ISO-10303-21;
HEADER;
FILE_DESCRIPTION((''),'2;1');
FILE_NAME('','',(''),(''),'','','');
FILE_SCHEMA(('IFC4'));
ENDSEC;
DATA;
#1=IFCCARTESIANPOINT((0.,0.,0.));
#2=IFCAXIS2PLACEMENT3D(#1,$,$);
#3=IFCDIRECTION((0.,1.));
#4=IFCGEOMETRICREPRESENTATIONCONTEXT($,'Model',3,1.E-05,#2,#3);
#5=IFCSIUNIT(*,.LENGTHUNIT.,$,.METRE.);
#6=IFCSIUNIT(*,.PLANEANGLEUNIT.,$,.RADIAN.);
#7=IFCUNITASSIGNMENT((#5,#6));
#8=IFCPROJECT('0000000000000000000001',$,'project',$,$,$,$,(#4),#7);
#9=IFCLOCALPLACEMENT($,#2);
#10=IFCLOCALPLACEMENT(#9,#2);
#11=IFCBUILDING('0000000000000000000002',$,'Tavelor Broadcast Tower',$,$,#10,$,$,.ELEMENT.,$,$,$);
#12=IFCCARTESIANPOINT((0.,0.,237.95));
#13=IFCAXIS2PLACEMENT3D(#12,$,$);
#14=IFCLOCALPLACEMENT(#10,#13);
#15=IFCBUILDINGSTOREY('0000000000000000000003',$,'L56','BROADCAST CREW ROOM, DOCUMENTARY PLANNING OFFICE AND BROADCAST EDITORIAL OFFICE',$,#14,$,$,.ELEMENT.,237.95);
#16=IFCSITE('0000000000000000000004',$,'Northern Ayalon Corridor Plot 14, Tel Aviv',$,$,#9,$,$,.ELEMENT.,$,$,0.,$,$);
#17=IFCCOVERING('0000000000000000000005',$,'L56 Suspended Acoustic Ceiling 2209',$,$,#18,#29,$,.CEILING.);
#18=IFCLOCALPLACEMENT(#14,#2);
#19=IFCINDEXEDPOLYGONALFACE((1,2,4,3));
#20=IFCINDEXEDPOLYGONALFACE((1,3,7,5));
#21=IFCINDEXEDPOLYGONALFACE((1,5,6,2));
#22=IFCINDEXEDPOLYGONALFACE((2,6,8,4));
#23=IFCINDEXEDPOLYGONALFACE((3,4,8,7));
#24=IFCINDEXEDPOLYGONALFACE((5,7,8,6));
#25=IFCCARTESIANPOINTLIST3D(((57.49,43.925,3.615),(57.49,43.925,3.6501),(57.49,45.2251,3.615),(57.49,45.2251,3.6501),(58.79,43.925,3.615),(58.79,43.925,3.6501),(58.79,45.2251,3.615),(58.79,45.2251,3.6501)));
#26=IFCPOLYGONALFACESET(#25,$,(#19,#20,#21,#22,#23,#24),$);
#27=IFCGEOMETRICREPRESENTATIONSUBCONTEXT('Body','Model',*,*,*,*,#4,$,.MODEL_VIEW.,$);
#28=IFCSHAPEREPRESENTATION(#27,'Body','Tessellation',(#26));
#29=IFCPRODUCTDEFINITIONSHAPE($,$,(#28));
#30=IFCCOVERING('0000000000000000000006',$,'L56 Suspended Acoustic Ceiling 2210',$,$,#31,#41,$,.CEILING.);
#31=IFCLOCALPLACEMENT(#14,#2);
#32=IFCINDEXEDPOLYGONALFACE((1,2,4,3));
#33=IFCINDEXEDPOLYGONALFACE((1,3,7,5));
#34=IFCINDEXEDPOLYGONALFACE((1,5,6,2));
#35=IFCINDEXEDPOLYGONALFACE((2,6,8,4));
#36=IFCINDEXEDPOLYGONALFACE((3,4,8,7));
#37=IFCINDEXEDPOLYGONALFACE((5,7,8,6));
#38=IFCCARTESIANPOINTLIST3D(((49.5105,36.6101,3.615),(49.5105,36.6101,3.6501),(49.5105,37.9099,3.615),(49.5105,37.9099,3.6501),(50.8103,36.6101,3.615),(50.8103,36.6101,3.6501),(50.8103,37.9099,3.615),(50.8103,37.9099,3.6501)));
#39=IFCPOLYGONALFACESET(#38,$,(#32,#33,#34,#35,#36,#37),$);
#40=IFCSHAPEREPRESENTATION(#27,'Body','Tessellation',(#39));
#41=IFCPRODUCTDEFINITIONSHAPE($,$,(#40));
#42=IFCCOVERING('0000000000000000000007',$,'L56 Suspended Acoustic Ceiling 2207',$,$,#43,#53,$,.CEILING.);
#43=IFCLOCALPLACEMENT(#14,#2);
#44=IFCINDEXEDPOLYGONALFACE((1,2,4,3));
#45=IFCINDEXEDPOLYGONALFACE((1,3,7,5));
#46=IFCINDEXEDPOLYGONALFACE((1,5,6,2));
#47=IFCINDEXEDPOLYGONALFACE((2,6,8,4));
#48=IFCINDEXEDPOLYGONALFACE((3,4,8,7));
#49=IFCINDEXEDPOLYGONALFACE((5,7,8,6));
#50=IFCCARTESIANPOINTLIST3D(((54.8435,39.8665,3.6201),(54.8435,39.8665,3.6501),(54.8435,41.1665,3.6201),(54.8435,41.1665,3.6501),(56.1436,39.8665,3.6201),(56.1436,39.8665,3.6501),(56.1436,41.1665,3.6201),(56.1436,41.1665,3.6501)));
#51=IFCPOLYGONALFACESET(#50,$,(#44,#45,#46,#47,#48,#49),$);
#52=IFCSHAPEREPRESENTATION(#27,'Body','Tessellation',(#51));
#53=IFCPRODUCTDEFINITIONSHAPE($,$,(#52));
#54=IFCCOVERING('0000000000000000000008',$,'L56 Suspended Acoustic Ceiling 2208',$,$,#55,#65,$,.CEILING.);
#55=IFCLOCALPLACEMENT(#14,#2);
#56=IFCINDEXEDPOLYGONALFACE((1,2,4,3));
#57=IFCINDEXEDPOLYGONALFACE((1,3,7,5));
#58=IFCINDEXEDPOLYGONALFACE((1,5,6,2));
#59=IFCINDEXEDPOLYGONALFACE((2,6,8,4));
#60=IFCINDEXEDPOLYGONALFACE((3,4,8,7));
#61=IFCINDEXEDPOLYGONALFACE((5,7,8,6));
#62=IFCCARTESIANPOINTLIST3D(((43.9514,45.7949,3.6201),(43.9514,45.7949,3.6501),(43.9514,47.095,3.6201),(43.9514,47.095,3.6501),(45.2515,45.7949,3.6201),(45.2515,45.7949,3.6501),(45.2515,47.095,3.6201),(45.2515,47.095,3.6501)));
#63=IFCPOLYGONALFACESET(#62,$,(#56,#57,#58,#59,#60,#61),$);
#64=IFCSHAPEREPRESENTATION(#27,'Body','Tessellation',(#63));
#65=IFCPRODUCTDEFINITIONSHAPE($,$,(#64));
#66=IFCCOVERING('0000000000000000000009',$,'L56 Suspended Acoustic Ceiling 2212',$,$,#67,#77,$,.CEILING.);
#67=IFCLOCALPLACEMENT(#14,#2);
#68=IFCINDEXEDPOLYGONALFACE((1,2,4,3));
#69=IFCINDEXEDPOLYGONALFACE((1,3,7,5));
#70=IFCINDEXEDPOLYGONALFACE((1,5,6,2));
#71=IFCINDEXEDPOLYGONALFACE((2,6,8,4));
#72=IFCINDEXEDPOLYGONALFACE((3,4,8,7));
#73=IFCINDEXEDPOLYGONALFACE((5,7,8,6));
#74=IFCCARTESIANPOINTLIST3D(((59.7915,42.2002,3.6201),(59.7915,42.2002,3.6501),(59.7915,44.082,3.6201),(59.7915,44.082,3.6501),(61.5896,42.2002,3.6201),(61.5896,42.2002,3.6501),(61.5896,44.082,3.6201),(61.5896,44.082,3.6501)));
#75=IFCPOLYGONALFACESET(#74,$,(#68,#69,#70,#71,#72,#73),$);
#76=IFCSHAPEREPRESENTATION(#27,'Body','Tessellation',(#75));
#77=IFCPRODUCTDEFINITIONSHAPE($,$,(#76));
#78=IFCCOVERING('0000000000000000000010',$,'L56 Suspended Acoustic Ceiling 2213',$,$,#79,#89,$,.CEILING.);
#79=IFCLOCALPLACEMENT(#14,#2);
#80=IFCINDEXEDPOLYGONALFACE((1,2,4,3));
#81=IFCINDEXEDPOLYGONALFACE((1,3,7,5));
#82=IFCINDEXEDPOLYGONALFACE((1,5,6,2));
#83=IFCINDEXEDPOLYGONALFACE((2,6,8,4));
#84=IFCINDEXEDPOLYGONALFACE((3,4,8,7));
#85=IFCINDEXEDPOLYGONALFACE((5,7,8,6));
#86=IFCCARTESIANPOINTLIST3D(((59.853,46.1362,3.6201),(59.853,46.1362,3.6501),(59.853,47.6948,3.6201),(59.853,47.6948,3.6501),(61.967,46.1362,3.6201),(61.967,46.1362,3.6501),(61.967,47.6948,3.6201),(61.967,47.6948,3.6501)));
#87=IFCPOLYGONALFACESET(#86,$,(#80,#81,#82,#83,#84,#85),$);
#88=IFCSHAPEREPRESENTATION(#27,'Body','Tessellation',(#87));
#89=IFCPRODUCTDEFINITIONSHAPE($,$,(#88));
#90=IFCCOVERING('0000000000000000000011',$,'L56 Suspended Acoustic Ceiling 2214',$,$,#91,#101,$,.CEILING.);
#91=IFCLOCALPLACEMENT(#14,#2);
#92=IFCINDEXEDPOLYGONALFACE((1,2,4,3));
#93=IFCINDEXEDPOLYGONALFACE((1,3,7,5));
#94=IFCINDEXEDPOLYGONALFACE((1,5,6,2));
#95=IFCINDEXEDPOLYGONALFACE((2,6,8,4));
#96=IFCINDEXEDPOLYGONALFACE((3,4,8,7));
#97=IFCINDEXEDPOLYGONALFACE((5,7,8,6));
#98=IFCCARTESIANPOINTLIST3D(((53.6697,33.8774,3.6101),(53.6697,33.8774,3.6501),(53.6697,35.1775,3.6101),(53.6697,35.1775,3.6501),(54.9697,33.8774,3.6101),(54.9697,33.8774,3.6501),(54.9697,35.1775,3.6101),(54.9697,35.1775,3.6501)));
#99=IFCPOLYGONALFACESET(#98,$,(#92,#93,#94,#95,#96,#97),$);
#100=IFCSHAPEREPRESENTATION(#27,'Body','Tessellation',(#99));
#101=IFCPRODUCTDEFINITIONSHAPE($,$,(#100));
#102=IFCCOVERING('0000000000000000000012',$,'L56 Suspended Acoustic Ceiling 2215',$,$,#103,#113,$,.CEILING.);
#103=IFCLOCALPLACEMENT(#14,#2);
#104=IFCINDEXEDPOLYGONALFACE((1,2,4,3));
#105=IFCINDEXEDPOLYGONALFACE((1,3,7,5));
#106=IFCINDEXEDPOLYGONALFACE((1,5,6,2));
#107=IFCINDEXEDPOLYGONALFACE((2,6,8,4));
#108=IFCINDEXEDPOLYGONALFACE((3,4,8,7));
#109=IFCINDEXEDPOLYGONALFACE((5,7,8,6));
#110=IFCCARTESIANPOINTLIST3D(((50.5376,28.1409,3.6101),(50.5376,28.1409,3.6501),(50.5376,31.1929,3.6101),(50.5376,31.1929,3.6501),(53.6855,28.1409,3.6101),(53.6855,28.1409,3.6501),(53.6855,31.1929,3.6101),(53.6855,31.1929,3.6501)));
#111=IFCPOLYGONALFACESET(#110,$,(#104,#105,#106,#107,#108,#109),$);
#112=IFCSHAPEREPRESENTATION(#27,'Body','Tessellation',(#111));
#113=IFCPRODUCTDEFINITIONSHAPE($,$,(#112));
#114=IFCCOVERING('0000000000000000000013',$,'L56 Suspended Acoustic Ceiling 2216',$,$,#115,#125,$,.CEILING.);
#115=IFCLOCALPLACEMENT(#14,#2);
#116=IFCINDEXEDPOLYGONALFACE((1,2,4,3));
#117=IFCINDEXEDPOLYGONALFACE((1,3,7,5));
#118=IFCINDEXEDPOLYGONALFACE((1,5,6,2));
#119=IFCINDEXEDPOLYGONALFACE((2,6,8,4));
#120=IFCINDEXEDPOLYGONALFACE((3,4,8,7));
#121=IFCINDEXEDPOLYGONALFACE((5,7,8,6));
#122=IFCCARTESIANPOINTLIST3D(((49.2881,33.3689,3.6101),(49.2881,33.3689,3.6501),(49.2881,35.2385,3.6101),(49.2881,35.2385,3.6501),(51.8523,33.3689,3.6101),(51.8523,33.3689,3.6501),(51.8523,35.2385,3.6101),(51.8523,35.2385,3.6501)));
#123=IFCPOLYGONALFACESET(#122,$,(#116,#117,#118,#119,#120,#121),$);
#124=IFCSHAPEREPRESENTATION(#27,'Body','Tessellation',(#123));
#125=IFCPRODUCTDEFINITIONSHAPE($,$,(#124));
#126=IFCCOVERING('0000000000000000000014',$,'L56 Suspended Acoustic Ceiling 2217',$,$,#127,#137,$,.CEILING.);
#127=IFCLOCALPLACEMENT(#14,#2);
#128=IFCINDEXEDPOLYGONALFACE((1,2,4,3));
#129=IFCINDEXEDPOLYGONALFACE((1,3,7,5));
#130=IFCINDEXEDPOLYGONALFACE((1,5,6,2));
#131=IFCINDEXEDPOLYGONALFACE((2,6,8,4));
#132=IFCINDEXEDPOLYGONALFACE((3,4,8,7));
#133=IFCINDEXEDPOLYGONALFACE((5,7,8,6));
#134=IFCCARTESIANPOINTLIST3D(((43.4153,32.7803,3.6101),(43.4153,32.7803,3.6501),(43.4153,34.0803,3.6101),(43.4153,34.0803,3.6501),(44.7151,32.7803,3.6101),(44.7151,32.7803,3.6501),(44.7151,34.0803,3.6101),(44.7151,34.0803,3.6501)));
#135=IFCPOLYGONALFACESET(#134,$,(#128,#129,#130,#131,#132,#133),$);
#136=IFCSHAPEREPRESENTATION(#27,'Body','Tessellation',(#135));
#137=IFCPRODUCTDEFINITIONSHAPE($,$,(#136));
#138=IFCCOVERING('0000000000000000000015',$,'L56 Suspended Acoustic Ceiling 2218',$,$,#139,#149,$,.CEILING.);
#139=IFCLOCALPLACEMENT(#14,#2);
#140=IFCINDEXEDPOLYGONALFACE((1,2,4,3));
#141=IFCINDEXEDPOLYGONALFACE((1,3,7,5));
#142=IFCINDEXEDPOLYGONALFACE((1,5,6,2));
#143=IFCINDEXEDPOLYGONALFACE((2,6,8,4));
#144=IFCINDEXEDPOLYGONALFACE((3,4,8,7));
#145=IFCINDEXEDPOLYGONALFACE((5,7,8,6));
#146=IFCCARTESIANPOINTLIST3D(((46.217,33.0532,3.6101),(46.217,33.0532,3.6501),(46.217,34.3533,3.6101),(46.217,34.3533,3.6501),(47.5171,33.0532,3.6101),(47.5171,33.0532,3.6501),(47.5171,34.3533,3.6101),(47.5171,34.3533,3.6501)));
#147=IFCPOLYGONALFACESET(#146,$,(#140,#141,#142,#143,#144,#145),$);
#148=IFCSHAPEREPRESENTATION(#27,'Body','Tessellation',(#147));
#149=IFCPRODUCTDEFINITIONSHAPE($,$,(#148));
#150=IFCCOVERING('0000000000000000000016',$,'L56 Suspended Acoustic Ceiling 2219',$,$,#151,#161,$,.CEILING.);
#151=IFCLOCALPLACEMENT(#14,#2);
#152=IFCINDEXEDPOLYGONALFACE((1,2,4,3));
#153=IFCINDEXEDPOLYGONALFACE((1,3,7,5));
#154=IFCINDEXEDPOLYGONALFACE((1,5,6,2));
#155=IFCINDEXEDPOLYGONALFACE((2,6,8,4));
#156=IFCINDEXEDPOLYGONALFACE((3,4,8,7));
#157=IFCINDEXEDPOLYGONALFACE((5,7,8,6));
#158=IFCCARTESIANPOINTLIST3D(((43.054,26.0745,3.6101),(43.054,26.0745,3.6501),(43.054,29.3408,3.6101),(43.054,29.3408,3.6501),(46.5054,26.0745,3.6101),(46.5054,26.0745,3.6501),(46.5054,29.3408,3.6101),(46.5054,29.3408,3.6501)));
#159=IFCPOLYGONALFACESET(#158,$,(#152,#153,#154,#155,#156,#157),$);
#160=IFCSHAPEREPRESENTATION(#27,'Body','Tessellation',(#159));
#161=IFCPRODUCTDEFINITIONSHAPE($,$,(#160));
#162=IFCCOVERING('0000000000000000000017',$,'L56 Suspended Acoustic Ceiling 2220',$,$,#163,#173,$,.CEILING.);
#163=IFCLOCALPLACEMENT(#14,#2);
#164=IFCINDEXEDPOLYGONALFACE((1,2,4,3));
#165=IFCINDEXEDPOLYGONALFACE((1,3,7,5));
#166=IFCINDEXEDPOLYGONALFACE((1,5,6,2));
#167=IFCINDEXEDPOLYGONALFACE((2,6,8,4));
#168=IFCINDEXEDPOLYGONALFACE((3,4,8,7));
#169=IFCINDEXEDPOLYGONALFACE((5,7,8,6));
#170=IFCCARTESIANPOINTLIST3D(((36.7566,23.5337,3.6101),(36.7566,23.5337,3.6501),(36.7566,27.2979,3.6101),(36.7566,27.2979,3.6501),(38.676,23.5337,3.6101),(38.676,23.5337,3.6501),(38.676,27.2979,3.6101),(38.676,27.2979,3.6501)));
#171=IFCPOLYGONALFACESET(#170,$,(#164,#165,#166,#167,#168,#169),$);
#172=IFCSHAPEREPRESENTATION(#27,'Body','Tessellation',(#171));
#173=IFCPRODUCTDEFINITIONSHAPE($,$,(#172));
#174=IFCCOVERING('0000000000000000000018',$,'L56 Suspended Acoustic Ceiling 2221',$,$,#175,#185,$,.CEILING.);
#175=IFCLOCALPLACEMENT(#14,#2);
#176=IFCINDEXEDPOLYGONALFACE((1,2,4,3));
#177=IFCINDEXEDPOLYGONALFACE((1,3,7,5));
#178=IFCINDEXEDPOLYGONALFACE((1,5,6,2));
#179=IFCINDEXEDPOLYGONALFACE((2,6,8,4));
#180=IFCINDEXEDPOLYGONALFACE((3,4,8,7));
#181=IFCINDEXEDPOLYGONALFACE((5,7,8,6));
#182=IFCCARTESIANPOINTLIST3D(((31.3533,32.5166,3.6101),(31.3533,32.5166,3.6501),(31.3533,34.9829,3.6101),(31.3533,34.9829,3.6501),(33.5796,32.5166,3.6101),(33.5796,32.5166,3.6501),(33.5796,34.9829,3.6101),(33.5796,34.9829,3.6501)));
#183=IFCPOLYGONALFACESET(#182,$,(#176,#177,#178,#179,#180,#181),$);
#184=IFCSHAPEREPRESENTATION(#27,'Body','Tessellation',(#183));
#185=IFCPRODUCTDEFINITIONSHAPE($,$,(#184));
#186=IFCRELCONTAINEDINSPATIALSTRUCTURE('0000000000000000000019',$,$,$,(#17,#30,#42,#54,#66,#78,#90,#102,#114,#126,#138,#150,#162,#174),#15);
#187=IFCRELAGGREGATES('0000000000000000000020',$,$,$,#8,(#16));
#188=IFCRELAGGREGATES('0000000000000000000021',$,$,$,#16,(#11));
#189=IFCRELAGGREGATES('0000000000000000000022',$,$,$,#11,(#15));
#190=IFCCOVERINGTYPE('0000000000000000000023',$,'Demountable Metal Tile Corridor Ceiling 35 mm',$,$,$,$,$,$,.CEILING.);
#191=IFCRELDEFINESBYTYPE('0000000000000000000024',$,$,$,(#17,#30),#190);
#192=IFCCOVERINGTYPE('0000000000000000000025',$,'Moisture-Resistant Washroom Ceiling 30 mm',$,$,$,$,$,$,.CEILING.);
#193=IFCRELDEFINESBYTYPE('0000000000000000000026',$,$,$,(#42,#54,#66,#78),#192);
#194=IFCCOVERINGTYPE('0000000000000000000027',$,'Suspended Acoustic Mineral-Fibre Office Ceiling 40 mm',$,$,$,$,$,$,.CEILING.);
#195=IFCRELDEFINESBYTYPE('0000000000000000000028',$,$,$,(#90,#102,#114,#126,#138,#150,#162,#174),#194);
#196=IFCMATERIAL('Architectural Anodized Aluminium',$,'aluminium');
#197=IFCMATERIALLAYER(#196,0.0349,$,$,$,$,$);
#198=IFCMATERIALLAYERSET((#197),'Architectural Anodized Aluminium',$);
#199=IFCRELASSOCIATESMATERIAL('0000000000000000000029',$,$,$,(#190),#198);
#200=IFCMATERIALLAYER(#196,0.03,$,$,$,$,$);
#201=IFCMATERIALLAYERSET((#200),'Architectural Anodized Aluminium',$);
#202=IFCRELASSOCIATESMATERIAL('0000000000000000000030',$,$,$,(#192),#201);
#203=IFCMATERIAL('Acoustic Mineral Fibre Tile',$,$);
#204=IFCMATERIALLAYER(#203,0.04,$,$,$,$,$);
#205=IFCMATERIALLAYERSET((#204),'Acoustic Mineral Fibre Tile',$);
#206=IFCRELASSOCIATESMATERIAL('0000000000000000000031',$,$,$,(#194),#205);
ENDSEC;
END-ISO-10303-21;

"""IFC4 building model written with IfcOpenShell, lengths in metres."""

from ifc_helpers import new_model, si_unit, direction, frame, origin, place, context, subcontext, project, spatial, polyline, outline, extrude, material, layer, layer_set, type_object, element, save


model = new_model("IFC4")

# Units and contexts
model_context = context("Model", 3, precision=1e-05, world=origin(), true_north=direction((0.0, 1.0)))
body_context = subcontext(model_context, "Body", "Model", "MODEL_VIEW")
ifc_project = project(units=[si_unit("LENGTHUNIT", "METRE"), si_unit("PLANEANGLEUNIT", "RADIAN")], contexts=[model_context])

# Site, building, storey
site_placement = place(None, origin())
site = spatial("IfcSite", under=ifc_project, at=site_placement, Name="Northern Ayalon Corridor Plot 14, Tel Aviv", CompositionType="ELEMENT", RefElevation=0.0)
building_placement = place(site_placement, origin())
building = spatial("IfcBuilding", under=site, at=building_placement, Name="Tavelor Broadcast Tower", CompositionType="ELEMENT")
storey_placement = place(building_placement, frame((0.0, 0.0, 237.95)))
storey = spatial("IfcBuildingStorey", under=building, at=storey_placement, Name="L56", Description="BROADCAST CREW ROOM, DOCUMENTARY PLANNING OFFICE AND BROADCAST EDITORIAL OFFICE", CompositionType="ELEMENT", Elevation=237.95)

# Coverings
ifc_material_1 = material(Name="Architectural Anodized Aluminium", Category="aluminium")
ifc_layer_1 = layer(ifc_material_1, 0.0349)
ifc_layer_set_1 = layer_set([ifc_layer_1], Name="Architectural Anodized Aluminium")
covering_type_1 = type_object("IfcCoveringType", Name="Demountable Metal Tile Corridor Ceiling 35 mm", PredefinedType="CEILING", material=ifc_layer_set_1)
covering_1_placement = place(storey_placement, frame((0.0, 0.0, 3.615)))
element("IfcCovering", 1, at=covering_1_placement, inside=storey, type_object=covering_type_1, Name="L56 Suspended Acoustic Ceiling 2209", PredefinedType="CEILING", context=body_context, shape_type="SweptSolid", body=[
    extrude(outline(polyline([(57.49, 43.925), (58.79, 43.925), (58.79, 45.2251), (57.49, 45.2251), (57.49, 43.925)])), origin(), (0.0, 0.0, 1.0), 0.0352),
])
covering_2_placement = place(storey_placement, frame((0.0, 0.0, 3.615)))
element("IfcCovering", 2, at=covering_2_placement, inside=storey, type_object=covering_type_1, Name="L56 Suspended Acoustic Ceiling 2210", PredefinedType="CEILING", context=body_context, shape_type="SweptSolid", body=[
    extrude(outline(polyline([(49.5105, 36.6101), (50.8103, 36.6101), (50.8103, 37.9099), (49.5105, 37.9099), (49.5105, 36.6101)])), origin(), (0.0, 0.0, 1.0), 0.0352),
])
ifc_layer_2 = layer(ifc_material_1, 0.03)
ifc_layer_set_2 = layer_set([ifc_layer_2], Name="Architectural Anodized Aluminium")
covering_type_2 = type_object("IfcCoveringType", Name="Moisture-Resistant Washroom Ceiling 30 mm", PredefinedType="CEILING", material=ifc_layer_set_2)
covering_3_placement = place(storey_placement, frame((0.0, 0.0, 3.6201)))
element("IfcCovering", 3, at=covering_3_placement, inside=storey, type_object=covering_type_2, Name="L56 Suspended Acoustic Ceiling 2207", PredefinedType="CEILING", context=body_context, shape_type="SweptSolid", body=[
    extrude(outline(polyline([(54.8435, 39.8665), (56.1436, 39.8665), (56.1436, 41.1665), (54.8435, 41.1665), (54.8435, 39.8665)])), origin(), (0.0, 0.0, 1.0), 0.03),
])
covering_4_placement = place(storey_placement, frame((0.0, 0.0, 3.6201)))
element("IfcCovering", 4, at=covering_4_placement, inside=storey, type_object=covering_type_2, Name="L56 Suspended Acoustic Ceiling 2208", PredefinedType="CEILING", context=body_context, shape_type="SweptSolid", body=[
    extrude(outline(polyline([(43.9514, 45.7949), (45.2515, 45.7949), (45.2515, 47.095), (43.9514, 47.095), (43.9514, 45.7949)])), origin(), (0.0, 0.0, 1.0), 0.03),
])
covering_5_placement = place(storey_placement, frame((0.0, 0.0, 3.6201)))
element("IfcCovering", 5, at=covering_5_placement, inside=storey, type_object=covering_type_2, Name="L56 Suspended Acoustic Ceiling 2212", PredefinedType="CEILING", context=body_context, shape_type="SweptSolid", body=[
    extrude(outline(polyline([(59.7915, 42.2002), (61.5896, 42.2002), (61.5896, 44.082), (59.7915, 44.082), (59.7915, 42.2002)])), origin(), (0.0, 0.0, 1.0), 0.03),
])
covering_6_placement = place(storey_placement, frame((0.0, 0.0, 3.6201)))
element("IfcCovering", 6, at=covering_6_placement, inside=storey, type_object=covering_type_2, Name="L56 Suspended Acoustic Ceiling 2213", PredefinedType="CEILING", context=body_context, shape_type="SweptSolid", body=[
    extrude(outline(polyline([(59.853, 46.1362), (61.967, 46.1362), (61.967, 47.6948), (59.853, 47.6948), (59.853, 46.1362)])), origin(), (0.0, 0.0, 1.0), 0.03),
])
ifc_material_2 = material(Name="Acoustic Mineral Fibre Tile")
ifc_layer_3 = layer(ifc_material_2, 0.04)
ifc_layer_set_3 = layer_set([ifc_layer_3], Name="Acoustic Mineral Fibre Tile")
covering_type_3 = type_object("IfcCoveringType", Name="Suspended Acoustic Mineral-Fibre Office Ceiling 40 mm", PredefinedType="CEILING", material=ifc_layer_set_3)
covering_7_placement = place(storey_placement, frame((0.0, 0.0, 3.6101)))
element("IfcCovering", 7, at=covering_7_placement, inside=storey, type_object=covering_type_3, Name="L56 Suspended Acoustic Ceiling 2214", PredefinedType="CEILING", context=body_context, shape_type="SweptSolid", body=[
    extrude(outline(polyline([(53.6697, 33.8774), (54.9697, 33.8774), (54.9697, 35.1775), (53.6697, 35.1775), (53.6697, 33.8774)])), origin(), (0.0, 0.0, 1.0), 0.04),
])
covering_8_placement = place(storey_placement, frame((0.0, 0.0, 3.6101)))
element("IfcCovering", 8, at=covering_8_placement, inside=storey, type_object=covering_type_3, Name="L56 Suspended Acoustic Ceiling 2215", PredefinedType="CEILING", context=body_context, shape_type="SweptSolid", body=[
    extrude(outline(polyline([(50.5376, 28.1409), (53.6855, 28.1409), (53.6855, 31.1929), (50.5376, 31.1929), (50.5376, 28.1409)])), origin(), (0.0, 0.0, 1.0), 0.04),
])
covering_9_placement = place(storey_placement, frame((0.0, 0.0, 3.6101)))
element("IfcCovering", 9, at=covering_9_placement, inside=storey, type_object=covering_type_3, Name="L56 Suspended Acoustic Ceiling 2216", PredefinedType="CEILING", context=body_context, shape_type="SweptSolid", body=[
    extrude(outline(polyline([(49.2881, 33.3689), (51.8523, 33.3689), (51.8523, 35.2385), (49.2881, 35.2385), (49.2881, 33.3689)])), origin(), (0.0, 0.0, 1.0), 0.04),
])
covering_10_placement = place(storey_placement, frame((0.0, 0.0, 3.6101)))
element("IfcCovering", 10, at=covering_10_placement, inside=storey, type_object=covering_type_3, Name="L56 Suspended Acoustic Ceiling 2217", PredefinedType="CEILING", context=body_context, shape_type="SweptSolid", body=[
    extrude(outline(polyline([(43.4153, 32.7803), (44.7151, 32.7803), (44.7151, 34.0803), (43.4153, 34.0803), (43.4153, 32.7803)])), origin(), (0.0, 0.0, 1.0), 0.04),
])
covering_11_placement = place(storey_placement, frame((0.0, 0.0, 3.6101)))
element("IfcCovering", 11, at=covering_11_placement, inside=storey, type_object=covering_type_3, Name="L56 Suspended Acoustic Ceiling 2218", PredefinedType="CEILING", context=body_context, shape_type="SweptSolid", body=[
    extrude(outline(polyline([(46.217, 33.0532), (47.5171, 33.0532), (47.5171, 34.3533), (46.217, 34.3533), (46.217, 33.0532)])), origin(), (0.0, 0.0, 1.0), 0.04),
])
covering_12_placement = place(storey_placement, frame((0.0, 0.0, 3.6101)))
element("IfcCovering", 12, at=covering_12_placement, inside=storey, type_object=covering_type_3, Name="L56 Suspended Acoustic Ceiling 2219", PredefinedType="CEILING", context=body_context, shape_type="SweptSolid", body=[
    extrude(outline(polyline([(43.054, 26.0745), (46.5054, 26.0745), (46.5054, 29.3408), (43.054, 29.3408), (43.054, 26.0745)])), origin(), (0.0, 0.0, 1.0), 0.04),
])
covering_13_placement = place(storey_placement, frame((0.0, 0.0, 3.6101)))
element("IfcCovering", 13, at=covering_13_placement, inside=storey, type_object=covering_type_3, Name="L56 Suspended Acoustic Ceiling 2220", PredefinedType="CEILING", context=body_context, shape_type="SweptSolid", body=[
    extrude(outline(polyline([(36.7566, 23.5337), (38.676, 23.5337), (38.676, 27.2979), (36.7566, 27.2979), (36.7566, 23.5337)])), origin(), (0.0, 0.0, 1.0), 0.04),
])
covering_14_placement = place(storey_placement, frame((0.0, 0.0, 3.6101)))
element("IfcCovering", 14, at=covering_14_placement, inside=storey, type_object=covering_type_3, Name="L56 Suspended Acoustic Ceiling 2221", PredefinedType="CEILING", context=body_context, shape_type="SweptSolid", body=[
    extrude(outline(polyline([(31.3533, 32.5166), (33.5796, 32.5166), (33.5796, 34.9829), (31.3533, 34.9829), (31.3533, 32.5166)])), origin(), (0.0, 0.0, 1.0), 0.04),
])

save(model, "model.ifc")
